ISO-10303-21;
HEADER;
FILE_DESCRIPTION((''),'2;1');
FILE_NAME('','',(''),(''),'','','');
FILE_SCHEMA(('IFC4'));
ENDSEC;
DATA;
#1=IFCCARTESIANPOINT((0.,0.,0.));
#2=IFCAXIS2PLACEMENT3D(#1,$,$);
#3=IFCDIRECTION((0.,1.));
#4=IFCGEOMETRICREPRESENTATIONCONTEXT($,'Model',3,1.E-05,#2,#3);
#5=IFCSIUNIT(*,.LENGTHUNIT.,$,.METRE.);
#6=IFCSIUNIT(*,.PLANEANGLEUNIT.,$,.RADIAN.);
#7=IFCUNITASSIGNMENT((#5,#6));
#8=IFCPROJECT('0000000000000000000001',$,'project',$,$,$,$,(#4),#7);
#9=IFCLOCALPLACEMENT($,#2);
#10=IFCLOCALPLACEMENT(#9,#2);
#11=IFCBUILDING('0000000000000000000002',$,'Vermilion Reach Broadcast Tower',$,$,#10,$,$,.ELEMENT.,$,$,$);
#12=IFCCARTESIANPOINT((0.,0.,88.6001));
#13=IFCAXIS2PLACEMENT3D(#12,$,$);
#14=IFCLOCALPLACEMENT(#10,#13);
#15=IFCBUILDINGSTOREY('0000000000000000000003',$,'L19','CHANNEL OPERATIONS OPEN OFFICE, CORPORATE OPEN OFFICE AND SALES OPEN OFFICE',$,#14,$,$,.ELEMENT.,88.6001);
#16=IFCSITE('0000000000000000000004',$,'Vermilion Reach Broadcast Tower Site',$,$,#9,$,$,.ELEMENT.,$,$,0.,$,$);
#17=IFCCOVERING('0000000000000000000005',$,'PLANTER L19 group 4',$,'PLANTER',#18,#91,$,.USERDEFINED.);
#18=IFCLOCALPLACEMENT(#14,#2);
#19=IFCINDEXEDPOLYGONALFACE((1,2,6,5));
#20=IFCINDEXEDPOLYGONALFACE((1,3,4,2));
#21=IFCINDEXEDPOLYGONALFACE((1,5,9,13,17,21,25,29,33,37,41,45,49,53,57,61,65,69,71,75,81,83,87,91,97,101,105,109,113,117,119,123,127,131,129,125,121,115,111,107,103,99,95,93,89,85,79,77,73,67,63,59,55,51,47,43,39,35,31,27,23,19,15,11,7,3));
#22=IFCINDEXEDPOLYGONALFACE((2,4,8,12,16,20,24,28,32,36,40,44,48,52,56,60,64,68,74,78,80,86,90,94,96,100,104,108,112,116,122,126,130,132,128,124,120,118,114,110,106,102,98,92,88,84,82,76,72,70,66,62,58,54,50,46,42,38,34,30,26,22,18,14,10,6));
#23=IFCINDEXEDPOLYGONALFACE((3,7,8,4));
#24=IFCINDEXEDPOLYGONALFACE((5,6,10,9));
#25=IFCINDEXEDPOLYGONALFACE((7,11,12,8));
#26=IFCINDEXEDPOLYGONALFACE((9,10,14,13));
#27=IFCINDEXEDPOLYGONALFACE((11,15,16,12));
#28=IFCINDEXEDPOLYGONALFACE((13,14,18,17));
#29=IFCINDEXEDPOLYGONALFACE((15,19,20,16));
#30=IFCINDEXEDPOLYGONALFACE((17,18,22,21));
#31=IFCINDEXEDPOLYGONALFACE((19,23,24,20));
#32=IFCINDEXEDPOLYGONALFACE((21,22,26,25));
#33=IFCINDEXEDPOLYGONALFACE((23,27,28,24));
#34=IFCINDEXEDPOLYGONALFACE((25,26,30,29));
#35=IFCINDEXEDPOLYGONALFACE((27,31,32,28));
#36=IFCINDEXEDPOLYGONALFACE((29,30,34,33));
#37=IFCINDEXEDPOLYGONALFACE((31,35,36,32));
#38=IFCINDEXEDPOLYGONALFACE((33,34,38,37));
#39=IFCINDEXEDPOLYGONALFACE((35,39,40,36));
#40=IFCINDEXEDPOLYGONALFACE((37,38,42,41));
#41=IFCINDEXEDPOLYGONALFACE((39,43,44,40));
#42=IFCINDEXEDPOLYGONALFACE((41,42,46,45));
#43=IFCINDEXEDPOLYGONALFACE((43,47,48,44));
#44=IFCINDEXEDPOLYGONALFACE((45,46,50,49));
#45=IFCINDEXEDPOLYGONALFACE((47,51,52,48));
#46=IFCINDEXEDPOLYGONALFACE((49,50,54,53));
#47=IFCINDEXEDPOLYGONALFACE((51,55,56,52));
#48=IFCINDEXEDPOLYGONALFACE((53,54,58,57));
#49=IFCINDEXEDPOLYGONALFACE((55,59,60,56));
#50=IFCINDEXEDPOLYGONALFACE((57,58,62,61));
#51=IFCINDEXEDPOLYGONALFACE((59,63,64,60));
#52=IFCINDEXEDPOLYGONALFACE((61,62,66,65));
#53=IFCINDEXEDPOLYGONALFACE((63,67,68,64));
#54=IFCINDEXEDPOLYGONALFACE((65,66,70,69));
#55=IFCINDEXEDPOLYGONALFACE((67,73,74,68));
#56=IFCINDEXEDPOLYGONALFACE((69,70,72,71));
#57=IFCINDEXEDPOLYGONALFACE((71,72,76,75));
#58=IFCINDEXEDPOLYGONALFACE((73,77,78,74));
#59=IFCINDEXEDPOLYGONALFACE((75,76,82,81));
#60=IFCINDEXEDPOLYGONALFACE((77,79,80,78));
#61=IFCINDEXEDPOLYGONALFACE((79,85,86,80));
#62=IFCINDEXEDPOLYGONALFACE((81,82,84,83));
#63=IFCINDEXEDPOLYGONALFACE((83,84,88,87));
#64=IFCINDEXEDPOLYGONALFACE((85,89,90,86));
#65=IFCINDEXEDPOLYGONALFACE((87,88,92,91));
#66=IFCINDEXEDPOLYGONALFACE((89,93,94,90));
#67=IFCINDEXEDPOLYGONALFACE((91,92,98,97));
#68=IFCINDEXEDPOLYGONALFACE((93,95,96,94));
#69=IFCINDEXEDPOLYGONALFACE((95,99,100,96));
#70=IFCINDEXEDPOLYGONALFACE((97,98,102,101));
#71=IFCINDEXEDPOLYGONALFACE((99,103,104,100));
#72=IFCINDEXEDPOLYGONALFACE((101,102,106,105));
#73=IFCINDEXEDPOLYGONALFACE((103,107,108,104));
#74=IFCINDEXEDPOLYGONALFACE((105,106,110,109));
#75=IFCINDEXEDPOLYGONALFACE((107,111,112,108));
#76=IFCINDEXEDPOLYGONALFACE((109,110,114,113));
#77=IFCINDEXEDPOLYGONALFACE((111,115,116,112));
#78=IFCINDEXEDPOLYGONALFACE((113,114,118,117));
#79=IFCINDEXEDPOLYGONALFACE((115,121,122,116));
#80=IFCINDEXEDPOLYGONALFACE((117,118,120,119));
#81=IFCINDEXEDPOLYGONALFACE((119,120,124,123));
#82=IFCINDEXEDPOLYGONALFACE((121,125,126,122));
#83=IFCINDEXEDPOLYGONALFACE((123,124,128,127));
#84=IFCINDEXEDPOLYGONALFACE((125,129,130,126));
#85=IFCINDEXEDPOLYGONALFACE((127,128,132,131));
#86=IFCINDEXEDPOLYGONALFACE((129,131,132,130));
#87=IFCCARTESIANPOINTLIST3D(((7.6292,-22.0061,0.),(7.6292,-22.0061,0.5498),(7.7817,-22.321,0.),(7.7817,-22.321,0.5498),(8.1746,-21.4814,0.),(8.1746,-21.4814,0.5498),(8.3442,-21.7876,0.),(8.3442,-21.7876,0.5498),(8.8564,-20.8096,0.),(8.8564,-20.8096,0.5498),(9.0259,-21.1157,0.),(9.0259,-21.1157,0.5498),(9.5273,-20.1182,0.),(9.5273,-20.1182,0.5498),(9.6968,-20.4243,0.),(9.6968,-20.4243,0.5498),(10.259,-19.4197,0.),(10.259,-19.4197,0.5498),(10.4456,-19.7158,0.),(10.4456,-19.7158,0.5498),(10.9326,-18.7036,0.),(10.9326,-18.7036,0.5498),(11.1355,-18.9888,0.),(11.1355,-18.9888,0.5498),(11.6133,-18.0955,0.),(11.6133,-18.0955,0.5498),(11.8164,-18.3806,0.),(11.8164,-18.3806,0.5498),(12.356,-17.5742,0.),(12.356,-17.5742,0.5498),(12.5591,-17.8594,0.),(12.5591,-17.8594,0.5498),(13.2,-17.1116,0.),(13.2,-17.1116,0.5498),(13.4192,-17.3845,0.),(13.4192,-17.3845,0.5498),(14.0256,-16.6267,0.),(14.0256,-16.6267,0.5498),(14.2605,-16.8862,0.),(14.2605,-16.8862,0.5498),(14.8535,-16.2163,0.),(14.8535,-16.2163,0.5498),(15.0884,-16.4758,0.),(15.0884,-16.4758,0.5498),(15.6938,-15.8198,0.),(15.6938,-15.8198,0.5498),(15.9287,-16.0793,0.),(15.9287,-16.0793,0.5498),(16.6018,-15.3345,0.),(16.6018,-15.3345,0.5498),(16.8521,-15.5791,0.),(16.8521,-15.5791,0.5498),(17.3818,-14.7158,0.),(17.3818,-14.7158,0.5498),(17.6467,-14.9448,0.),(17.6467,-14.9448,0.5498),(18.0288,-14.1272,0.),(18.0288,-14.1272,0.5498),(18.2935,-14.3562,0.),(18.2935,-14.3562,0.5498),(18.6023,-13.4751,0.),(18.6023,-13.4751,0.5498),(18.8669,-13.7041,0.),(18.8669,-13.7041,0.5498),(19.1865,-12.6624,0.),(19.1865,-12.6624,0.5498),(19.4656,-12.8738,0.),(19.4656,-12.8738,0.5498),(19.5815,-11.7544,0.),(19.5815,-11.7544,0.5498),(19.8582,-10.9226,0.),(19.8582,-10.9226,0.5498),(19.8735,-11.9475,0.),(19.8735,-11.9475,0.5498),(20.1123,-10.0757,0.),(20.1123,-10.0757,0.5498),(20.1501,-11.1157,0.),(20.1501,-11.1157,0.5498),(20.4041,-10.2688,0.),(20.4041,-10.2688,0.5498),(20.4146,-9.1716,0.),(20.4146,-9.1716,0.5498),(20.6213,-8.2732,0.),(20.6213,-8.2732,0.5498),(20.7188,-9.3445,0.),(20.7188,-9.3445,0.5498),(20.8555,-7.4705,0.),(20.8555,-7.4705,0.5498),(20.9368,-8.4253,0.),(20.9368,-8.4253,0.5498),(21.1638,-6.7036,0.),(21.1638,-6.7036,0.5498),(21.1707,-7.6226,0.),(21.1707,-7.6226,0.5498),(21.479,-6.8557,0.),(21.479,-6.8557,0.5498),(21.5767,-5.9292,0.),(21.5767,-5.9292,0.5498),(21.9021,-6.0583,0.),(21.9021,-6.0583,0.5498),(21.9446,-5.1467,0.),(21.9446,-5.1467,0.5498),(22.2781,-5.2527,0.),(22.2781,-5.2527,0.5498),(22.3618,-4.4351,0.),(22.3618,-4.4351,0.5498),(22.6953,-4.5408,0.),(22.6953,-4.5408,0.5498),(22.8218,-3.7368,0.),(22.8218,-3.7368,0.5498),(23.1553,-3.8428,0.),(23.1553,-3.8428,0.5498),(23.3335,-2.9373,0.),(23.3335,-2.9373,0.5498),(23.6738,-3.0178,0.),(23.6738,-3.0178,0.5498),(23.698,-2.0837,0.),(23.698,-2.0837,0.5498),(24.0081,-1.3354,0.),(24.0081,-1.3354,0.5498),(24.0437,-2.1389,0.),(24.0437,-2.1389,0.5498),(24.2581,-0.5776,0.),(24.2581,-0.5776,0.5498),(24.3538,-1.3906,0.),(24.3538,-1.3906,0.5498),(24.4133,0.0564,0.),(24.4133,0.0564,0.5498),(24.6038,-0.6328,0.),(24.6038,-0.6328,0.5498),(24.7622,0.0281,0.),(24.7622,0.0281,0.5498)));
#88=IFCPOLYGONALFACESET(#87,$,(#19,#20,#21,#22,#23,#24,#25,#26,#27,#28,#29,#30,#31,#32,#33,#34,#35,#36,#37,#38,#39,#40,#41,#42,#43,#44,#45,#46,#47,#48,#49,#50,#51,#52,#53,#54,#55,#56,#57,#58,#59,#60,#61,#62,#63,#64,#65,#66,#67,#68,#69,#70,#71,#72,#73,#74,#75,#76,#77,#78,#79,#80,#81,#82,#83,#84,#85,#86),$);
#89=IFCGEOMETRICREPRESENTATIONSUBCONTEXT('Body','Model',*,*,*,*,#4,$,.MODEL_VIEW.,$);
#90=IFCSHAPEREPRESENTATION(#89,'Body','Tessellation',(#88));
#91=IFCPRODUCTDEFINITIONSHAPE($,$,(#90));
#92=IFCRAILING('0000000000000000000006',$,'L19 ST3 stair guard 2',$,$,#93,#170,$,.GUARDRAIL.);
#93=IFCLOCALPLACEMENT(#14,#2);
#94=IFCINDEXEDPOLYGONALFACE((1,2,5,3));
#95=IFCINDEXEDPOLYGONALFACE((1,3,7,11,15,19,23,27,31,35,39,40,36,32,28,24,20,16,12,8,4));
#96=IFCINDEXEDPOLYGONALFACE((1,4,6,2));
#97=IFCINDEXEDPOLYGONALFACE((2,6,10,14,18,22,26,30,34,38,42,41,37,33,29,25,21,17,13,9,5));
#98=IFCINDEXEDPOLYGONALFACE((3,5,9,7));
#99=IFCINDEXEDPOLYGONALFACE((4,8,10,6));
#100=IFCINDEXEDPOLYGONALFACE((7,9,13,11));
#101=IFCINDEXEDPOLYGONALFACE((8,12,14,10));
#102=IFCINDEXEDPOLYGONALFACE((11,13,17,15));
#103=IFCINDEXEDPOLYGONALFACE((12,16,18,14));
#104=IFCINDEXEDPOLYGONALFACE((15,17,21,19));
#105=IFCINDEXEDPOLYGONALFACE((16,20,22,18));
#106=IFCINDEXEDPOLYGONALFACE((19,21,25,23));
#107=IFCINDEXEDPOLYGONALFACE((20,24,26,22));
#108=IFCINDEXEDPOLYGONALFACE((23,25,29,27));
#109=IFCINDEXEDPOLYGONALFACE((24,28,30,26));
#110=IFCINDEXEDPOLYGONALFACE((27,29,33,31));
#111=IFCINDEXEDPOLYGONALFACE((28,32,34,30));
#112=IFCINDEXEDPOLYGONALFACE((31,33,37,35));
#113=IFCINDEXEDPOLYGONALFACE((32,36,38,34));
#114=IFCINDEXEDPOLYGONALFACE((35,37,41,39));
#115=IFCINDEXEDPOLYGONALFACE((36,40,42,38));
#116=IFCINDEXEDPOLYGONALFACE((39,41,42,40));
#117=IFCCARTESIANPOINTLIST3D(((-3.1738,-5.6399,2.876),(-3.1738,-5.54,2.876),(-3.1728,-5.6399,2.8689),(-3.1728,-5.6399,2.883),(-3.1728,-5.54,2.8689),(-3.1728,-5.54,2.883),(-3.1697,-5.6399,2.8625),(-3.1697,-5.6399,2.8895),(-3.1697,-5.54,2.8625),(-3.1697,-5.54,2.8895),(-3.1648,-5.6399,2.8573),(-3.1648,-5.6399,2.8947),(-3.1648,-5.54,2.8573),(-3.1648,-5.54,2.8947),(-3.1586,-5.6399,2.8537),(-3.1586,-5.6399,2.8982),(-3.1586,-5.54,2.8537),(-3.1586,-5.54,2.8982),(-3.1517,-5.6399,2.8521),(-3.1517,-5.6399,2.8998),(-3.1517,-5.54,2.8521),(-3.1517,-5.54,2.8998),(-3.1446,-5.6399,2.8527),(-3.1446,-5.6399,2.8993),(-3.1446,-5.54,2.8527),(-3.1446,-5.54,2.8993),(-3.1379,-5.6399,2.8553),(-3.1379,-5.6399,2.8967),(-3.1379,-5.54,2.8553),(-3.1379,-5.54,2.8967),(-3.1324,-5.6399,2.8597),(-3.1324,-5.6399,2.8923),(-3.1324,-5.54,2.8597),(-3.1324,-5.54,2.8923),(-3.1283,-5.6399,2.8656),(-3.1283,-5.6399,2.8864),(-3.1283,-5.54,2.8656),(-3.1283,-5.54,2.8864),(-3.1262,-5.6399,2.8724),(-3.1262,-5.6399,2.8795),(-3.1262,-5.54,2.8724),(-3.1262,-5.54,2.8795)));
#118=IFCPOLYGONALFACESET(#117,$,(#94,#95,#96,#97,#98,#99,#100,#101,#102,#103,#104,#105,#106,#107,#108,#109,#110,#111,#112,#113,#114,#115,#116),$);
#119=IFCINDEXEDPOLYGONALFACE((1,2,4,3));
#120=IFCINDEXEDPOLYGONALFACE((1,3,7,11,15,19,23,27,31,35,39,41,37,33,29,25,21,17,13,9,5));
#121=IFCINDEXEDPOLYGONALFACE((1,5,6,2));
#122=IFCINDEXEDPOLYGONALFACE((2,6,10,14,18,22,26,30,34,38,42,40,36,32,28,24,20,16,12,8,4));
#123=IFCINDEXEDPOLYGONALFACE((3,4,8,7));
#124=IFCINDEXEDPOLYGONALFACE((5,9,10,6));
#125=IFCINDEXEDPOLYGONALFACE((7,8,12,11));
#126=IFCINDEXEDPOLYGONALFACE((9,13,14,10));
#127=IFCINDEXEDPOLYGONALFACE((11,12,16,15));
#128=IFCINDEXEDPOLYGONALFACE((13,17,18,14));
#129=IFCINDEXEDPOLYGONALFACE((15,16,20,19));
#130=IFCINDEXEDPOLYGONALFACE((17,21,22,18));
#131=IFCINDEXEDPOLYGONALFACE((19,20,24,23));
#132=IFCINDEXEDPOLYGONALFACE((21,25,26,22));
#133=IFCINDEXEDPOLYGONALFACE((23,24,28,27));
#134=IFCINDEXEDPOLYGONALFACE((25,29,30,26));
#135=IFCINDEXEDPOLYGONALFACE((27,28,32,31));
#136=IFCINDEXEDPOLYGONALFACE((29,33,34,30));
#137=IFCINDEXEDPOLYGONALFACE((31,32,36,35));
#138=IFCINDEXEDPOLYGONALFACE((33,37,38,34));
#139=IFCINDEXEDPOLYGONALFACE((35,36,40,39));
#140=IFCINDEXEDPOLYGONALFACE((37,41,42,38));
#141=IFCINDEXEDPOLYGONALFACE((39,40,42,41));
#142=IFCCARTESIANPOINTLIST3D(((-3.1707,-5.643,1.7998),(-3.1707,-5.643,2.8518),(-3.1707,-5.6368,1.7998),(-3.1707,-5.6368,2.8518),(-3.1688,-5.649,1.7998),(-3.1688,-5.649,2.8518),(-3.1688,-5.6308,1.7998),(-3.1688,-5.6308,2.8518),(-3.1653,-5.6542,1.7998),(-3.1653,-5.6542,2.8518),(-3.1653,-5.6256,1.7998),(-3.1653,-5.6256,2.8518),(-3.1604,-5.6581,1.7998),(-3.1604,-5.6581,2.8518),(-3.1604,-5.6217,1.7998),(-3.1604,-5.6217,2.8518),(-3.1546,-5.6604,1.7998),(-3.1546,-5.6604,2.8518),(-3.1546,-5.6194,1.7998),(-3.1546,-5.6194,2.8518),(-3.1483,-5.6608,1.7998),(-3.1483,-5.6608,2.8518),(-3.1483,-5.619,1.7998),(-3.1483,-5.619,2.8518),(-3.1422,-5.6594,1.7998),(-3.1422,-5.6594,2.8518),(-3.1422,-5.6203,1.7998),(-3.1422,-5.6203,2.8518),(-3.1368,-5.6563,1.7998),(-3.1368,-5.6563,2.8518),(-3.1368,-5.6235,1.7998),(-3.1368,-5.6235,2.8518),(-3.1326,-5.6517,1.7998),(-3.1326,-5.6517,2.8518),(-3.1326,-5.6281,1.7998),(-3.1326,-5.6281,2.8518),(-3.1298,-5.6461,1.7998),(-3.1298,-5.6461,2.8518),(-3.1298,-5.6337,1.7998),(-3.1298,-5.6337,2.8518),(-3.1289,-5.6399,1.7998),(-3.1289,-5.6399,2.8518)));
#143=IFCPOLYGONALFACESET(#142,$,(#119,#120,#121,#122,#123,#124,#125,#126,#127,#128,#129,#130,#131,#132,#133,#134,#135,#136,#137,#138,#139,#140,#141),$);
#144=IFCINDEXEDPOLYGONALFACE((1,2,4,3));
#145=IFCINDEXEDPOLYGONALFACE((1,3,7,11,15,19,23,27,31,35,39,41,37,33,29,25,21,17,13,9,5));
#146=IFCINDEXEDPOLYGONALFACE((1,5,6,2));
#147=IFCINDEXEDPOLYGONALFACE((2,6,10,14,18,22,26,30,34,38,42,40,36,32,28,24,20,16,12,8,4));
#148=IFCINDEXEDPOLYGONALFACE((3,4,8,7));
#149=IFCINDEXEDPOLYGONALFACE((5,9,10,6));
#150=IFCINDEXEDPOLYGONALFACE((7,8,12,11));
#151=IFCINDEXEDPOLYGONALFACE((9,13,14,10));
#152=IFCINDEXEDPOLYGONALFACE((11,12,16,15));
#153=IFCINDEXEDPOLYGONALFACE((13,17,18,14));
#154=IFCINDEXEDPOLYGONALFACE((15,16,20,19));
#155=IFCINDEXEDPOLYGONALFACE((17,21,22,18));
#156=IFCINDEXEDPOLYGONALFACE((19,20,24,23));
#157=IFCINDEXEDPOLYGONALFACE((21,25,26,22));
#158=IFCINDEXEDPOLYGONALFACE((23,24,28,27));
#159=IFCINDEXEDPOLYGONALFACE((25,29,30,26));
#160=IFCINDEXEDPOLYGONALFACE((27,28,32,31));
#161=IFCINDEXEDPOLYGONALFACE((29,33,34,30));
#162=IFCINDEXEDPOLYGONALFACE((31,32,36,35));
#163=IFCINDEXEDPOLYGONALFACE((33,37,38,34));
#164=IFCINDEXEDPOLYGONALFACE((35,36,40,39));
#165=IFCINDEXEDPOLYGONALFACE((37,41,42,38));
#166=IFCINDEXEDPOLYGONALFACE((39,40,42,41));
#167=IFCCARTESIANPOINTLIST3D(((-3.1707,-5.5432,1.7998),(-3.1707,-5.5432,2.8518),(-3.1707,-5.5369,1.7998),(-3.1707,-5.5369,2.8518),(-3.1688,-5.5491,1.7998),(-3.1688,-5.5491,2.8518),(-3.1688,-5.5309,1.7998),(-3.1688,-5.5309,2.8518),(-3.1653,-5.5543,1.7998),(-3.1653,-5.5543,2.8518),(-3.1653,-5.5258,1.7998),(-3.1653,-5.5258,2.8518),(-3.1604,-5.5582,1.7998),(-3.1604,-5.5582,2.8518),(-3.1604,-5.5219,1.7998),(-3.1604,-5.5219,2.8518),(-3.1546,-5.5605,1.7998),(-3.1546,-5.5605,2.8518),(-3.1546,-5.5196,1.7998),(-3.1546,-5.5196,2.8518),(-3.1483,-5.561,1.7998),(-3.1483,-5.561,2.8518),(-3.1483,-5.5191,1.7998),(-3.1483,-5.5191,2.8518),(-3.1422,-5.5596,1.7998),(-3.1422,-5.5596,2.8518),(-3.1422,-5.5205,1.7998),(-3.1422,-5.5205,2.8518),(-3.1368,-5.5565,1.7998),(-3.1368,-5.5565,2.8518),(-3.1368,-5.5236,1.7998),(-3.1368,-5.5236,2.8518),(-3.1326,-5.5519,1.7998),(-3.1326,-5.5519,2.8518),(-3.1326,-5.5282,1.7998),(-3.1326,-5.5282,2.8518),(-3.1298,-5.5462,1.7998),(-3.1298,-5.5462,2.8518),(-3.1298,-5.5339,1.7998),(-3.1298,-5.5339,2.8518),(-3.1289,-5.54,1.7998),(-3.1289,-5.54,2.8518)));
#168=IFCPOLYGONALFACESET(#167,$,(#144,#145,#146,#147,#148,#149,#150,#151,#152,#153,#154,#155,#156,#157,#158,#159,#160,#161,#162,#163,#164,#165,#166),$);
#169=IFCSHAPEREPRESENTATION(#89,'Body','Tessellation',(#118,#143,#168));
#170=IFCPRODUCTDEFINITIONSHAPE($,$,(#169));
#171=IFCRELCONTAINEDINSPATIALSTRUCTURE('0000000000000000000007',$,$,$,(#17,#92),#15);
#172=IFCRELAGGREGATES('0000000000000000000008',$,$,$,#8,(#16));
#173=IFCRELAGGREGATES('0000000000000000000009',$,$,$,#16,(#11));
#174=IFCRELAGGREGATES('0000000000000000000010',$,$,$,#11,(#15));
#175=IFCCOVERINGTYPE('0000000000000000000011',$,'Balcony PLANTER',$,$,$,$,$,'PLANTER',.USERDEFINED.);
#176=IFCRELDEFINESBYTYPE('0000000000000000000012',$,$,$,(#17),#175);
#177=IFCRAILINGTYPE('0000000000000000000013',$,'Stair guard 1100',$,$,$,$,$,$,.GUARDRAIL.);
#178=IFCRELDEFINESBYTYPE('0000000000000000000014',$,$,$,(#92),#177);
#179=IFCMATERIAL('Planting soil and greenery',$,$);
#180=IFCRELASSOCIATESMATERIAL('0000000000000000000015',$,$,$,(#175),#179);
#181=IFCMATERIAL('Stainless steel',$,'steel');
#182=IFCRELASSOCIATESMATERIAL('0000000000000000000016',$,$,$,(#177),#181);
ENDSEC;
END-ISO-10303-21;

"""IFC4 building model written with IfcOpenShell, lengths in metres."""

from ifc_helpers import new_model, si_unit, direction, frame, origin, origin_2d, place, context, subcontext, project, spatial, polyline, circle, outline, extrude, material, type_object, element, save


model = new_model("IFC4")

# Units and contexts
model_context = context("Model", 3, precision=1e-05, world=origin(), true_north=direction((0.0, 1.0)))
body_context = subcontext(model_context, "Body", "Model", "MODEL_VIEW")
ifc_project = project(units=[si_unit("LENGTHUNIT", "METRE"), si_unit("PLANEANGLEUNIT", "RADIAN")], contexts=[model_context])

# Site, building, storey
site_placement = place(None, origin())
site = spatial("IfcSite", under=ifc_project, at=site_placement, Name="Vermilion Reach Broadcast Tower Site", CompositionType="ELEMENT", RefElevation=0.0)
building_placement = place(site_placement, origin())
building = spatial("IfcBuilding", under=site, at=building_placement, Name="Vermilion Reach Broadcast Tower", CompositionType="ELEMENT")
storey_placement = place(building_placement, frame((0.0, 0.0, 88.6001)))
storey = spatial("IfcBuildingStorey", under=building, at=storey_placement, Name="L19", Description="CHANNEL OPERATIONS OPEN OFFICE, CORPORATE OPEN OFFICE AND SALES OPEN OFFICE", CompositionType="ELEMENT", Elevation=88.6001)

# Shared definitions
placement_1 = place(storey_placement, origin())

# Covering
ifc_material_1 = material(Name="Planting soil and greenery")
covering_type = type_object("IfcCoveringType", Name="Balcony PLANTER", ElementType="PLANTER", PredefinedType="USERDEFINED", material=ifc_material_1)
element("IfcCovering", 1, at=placement_1, inside=storey, type_object=covering_type, Name="PLANTER L19 group 4", ObjectType="PLANTER", PredefinedType="USERDEFINED", context=body_context, shape_type="SweptSolid", body=[
    extrude(outline(polyline([(7.7817, -22.321), (8.3442, -21.7876), (9.0259, -21.1157), (9.6968, -20.4243), (10.4456, -19.7158), (11.1355, -18.9888), (11.8164, -18.3806), (12.5591, -17.8594), (13.4192, -17.3845), (14.2605, -16.8862), (15.0884, -16.4758), (15.9287, -16.0793), (16.8521, -15.5791), (17.6467, -14.9448), (18.2935, -14.3562), (18.8669, -13.7041), (19.4656, -12.8738), (19.8735, -11.9475), (20.1501, -11.1157), (20.4041, -10.2688), (20.7188, -9.3445), (20.9368, -8.4253), (21.1707, -7.6226), (21.479, -6.8557), (21.9021, -6.0583), (22.2781, -5.2527), (22.6953, -4.5408), (23.1553, -3.8428), (23.6738, -3.0178), (24.0437, -2.1389), (24.3538, -1.3906), (24.6038, -0.6328), (24.7622, 0.0281), (24.4133, 0.0564), (24.2581, -0.5776), (24.0081, -1.3354), (23.698, -2.0837), (23.3335, -2.9373), (22.8218, -3.7368), (22.3618, -4.4351), (21.9446, -5.1467), (21.5767, -5.9292), (21.1638, -6.7036), (20.8555, -7.4705), (20.6213, -8.2732), (20.4146, -9.1716), (20.1123, -10.0757), (19.8582, -10.9226), (19.5815, -11.7544), (19.1865, -12.6624), (18.6023, -13.4751), (18.0288, -14.1272), (17.3818, -14.7158), (16.6018, -15.3345), (15.6938, -15.8198), (14.8535, -16.2163), (14.0256, -16.6267), (13.2, -17.1116), (12.356, -17.5742), (11.6133, -18.0955), (10.9326, -18.7036), (10.259, -19.4197), (9.5273, -20.1182), (8.8564, -20.8096), (8.1746, -21.4814), (7.6292, -22.0061), (7.7817, -22.321)])), origin(), (0.0, 0.0, 1.0), 0.5498),
])

# Railing
ifc_material_2 = material(Name="Stainless steel", Category="steel")
railing_type_1 = type_object("IfcRailingType", Name="Stair guard 1100", PredefinedType="GUARDRAIL", material=ifc_material_2)
railing_1_placement = place(storey_placement, frame((-3.1499, -5.6399, 1.7998)))
element("IfcRailing", 2, at=railing_1_placement, inside=storey, type_object=railing_type_1, Name="L19 ST3 stair guard 2", PredefinedType="GUARDRAIL", context=body_context, shape_type="SweptSolid", body=[
    extrude(circle(Radius=0.0239, at=origin_2d()), frame((0.0, 0.0, 1.0762), z_axis=(0.0, 1.0, 0.0), x_axis=(-1.0, 0.0, 0.0)), (0.0, 0.0, 1.0), 0.0999),
    extrude(circle(Radius=0.021, at=origin_2d()), origin(), (0.0, 0.0, 1.0), 1.052),
    extrude(circle(Radius=0.021, at=origin_2d()), frame((0.0, 0.0999, 0.0)), (0.0, 0.0, 1.0), 1.052),
])

save(model, "model.ifc")
